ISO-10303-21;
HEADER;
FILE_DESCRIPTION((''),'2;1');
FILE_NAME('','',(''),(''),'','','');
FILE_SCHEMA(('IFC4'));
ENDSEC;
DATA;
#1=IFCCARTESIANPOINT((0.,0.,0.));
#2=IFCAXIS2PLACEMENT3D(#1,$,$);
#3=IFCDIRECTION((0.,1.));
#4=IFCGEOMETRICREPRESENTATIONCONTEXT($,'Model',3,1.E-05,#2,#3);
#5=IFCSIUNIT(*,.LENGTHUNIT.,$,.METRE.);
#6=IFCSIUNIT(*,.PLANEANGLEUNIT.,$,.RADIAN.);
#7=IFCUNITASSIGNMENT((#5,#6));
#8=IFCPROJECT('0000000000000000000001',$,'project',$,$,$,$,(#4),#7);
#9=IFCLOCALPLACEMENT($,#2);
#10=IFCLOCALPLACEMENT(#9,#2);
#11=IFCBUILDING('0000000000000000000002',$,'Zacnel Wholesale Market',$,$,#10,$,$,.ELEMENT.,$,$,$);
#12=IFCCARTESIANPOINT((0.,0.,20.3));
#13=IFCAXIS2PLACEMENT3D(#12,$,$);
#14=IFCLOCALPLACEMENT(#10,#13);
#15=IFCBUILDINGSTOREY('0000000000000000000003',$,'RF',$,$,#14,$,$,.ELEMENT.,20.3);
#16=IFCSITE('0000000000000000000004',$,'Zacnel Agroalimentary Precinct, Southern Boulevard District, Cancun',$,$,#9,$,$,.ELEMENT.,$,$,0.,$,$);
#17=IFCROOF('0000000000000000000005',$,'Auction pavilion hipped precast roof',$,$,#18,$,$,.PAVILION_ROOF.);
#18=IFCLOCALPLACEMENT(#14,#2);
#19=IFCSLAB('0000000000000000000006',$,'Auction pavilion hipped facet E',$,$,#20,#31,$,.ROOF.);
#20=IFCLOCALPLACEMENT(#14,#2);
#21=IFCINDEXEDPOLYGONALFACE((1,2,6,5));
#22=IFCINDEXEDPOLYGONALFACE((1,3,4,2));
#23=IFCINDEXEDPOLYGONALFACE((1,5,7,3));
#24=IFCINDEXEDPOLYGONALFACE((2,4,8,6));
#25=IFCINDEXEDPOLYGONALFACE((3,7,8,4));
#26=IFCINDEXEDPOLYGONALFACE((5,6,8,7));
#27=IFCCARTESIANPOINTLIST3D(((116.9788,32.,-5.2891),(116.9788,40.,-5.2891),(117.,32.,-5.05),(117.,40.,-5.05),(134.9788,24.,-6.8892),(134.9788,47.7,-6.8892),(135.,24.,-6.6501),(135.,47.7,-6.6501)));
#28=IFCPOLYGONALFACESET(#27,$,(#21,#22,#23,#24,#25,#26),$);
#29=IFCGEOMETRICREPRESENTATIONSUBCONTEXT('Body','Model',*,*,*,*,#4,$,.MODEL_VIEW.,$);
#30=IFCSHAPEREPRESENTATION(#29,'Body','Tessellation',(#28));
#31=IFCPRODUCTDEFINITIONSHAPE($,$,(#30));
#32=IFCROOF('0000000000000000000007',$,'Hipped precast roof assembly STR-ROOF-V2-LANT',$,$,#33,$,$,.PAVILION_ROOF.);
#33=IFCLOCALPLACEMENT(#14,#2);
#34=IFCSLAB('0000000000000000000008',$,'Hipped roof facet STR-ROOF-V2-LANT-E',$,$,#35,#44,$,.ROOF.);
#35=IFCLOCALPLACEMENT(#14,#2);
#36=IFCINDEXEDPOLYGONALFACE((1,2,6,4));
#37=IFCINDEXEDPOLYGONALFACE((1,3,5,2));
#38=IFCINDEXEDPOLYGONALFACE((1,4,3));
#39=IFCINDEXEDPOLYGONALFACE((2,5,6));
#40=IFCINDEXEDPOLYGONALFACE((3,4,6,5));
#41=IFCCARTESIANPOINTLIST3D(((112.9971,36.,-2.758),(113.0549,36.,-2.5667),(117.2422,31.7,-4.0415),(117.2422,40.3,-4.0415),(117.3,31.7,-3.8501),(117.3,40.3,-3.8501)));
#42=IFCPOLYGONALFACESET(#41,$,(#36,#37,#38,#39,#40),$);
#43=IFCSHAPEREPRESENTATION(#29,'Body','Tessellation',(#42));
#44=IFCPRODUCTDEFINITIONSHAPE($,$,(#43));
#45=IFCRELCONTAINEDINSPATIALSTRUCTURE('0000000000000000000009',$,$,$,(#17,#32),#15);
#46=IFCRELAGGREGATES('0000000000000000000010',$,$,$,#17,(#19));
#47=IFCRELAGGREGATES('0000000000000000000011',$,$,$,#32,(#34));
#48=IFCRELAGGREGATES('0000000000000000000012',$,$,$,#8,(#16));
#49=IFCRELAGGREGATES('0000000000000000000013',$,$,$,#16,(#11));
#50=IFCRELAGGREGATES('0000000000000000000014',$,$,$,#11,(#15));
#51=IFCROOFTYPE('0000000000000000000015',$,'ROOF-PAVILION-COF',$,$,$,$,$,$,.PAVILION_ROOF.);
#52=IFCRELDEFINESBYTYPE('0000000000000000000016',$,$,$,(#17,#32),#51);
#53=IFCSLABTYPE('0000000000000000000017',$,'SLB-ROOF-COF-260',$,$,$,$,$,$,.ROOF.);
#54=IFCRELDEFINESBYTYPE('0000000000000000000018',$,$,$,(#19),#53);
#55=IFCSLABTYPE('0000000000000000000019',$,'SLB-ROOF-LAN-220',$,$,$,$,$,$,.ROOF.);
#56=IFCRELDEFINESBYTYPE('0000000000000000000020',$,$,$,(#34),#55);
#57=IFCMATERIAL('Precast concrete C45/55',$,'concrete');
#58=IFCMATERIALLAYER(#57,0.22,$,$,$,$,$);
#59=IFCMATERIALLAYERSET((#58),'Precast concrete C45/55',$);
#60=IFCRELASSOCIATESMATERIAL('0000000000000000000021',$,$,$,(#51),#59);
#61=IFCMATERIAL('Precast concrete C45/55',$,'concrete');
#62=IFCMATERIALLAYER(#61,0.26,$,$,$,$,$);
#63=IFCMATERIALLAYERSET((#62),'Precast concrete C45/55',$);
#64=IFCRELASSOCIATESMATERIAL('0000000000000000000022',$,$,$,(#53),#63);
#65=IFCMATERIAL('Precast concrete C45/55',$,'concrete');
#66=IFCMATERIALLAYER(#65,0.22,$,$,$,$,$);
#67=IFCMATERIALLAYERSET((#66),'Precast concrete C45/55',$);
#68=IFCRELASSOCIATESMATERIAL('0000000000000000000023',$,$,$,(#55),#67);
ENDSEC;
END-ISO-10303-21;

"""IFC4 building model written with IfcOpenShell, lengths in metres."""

from ifc_helpers import new_model, si_unit, direction, frame, origin, place, context, subcontext, project, spatial, polyline, outline, extrude, material, layer, layer_set, type_object, element, aggregate, save


model = new_model("IFC4")

# Units and contexts
model_context = context("Model", 3, precision=1e-05, world=origin(), true_north=direction((0.0, 1.0)))
body_context = subcontext(model_context, "Body", "Model", "MODEL_VIEW")
ifc_project = project(units=[si_unit("LENGTHUNIT", "METRE"), si_unit("PLANEANGLEUNIT", "RADIAN")], contexts=[model_context])

# Site, building, storey
site_placement = place(None, origin())
site = spatial("IfcSite", under=ifc_project, at=site_placement, Name="Zacnel Agroalimentary Precinct, Southern Boulevard District, Cancun", CompositionType="ELEMENT", RefElevation=0.0)
building_placement = place(site_placement, origin())
building = spatial("IfcBuilding", under=site, at=building_placement, Name="Zacnel Wholesale Market", CompositionType="ELEMENT")
storey_placement = place(building_placement, frame((0.0, 0.0, 20.3)))
storey = spatial("IfcBuildingStorey", under=building, at=storey_placement, Name="RF", CompositionType="ELEMENT", Elevation=20.3)

# Roofs, slabs
ifc_material_1 = material(Name="Precast concrete C45/55", Category="concrete")
ifc_layer_1 = layer(ifc_material_1, 0.22)
ifc_layer_set_1 = layer_set([ifc_layer_1], Name="Precast concrete C45/55")
roof_type = type_object("IfcRoofType", Name="ROOF-PAVILION-COF", PredefinedType="PAVILION_ROOF", material=ifc_layer_set_1)
roof_1_placement = place(storey_placement, origin())
roof_1 = element("IfcRoof", 1, at=roof_1_placement, inside=storey, type_object=roof_type, Name="Auction pavilion hipped precast roof", PredefinedType="PAVILION_ROOF")
ifc_material_2 = material(Name="Precast concrete C45/55", Category="concrete")
ifc_layer_2 = layer(ifc_material_2, 0.26)
ifc_layer_set_2 = layer_set([ifc_layer_2], Name="Precast concrete C45/55")
slab_type_1 = type_object("IfcSlabType", Name="SLB-ROOF-COF-260", PredefinedType="ROOF", material=ifc_layer_set_2)
slab_1_placement = place(storey_placement, frame((135.0, 24.0, -6.6501), z_axis=(0.088545, 0.0, 0.996072), x_axis=(0.0, 1.0, 0.0)))
slab_1 = element("IfcSlab", 2, at=slab_1_placement, type_object=slab_type_1, Name="Auction pavilion hipped facet E", PredefinedType="ROOF", context=body_context, shape_type="SweptSolid", body=[
    extrude(outline(polyline([(0.0, 0.0), (23.7, 0.0), (16.0, 18.071), (8.0, 18.071), (0.0, 0.0)])), origin(), (0.0, 0.0, -1.0), 0.24),
])
aggregate(roof_1, [slab_1])
roof_2_placement = place(storey_placement, origin())
roof_2 = element("IfcRoof", 3, at=roof_2_placement, inside=storey, type_object=roof_type, Name="Hipped precast roof assembly STR-ROOF-V2-LANT", PredefinedType="PAVILION_ROOF")
ifc_material_3 = material(Name="Precast concrete C45/55", Category="concrete")
ifc_layer_3 = layer(ifc_material_3, 0.22)
ifc_layer_set_3 = layer_set([ifc_layer_3], Name="Precast concrete C45/55")
slab_type_2 = type_object("IfcSlabType", Name="SLB-ROOF-LAN-220", PredefinedType="ROOF", material=ifc_layer_set_3)
slab_2_placement = place(storey_placement, frame((117.3, 31.7, -3.8501), z_axis=(0.289398, 0.0, 0.957209), x_axis=(0.0, 1.0, 0.0)))
slab_2 = element("IfcSlab", 4, at=slab_2_placement, type_object=slab_type_2, Name="Hipped roof facet STR-ROOF-V2-LANT-E", PredefinedType="ROOF", context=body_context, shape_type="SweptSolid", body=[
    extrude(outline(polyline([(0.0, 0.0), (8.6001, 0.0), (4.3, 4.4349), (0.0, 0.0)])), origin(), (0.0, 0.0, -1.0), 0.2),
])
aggregate(roof_2, [slab_2])

save(model, "model.ifc")
